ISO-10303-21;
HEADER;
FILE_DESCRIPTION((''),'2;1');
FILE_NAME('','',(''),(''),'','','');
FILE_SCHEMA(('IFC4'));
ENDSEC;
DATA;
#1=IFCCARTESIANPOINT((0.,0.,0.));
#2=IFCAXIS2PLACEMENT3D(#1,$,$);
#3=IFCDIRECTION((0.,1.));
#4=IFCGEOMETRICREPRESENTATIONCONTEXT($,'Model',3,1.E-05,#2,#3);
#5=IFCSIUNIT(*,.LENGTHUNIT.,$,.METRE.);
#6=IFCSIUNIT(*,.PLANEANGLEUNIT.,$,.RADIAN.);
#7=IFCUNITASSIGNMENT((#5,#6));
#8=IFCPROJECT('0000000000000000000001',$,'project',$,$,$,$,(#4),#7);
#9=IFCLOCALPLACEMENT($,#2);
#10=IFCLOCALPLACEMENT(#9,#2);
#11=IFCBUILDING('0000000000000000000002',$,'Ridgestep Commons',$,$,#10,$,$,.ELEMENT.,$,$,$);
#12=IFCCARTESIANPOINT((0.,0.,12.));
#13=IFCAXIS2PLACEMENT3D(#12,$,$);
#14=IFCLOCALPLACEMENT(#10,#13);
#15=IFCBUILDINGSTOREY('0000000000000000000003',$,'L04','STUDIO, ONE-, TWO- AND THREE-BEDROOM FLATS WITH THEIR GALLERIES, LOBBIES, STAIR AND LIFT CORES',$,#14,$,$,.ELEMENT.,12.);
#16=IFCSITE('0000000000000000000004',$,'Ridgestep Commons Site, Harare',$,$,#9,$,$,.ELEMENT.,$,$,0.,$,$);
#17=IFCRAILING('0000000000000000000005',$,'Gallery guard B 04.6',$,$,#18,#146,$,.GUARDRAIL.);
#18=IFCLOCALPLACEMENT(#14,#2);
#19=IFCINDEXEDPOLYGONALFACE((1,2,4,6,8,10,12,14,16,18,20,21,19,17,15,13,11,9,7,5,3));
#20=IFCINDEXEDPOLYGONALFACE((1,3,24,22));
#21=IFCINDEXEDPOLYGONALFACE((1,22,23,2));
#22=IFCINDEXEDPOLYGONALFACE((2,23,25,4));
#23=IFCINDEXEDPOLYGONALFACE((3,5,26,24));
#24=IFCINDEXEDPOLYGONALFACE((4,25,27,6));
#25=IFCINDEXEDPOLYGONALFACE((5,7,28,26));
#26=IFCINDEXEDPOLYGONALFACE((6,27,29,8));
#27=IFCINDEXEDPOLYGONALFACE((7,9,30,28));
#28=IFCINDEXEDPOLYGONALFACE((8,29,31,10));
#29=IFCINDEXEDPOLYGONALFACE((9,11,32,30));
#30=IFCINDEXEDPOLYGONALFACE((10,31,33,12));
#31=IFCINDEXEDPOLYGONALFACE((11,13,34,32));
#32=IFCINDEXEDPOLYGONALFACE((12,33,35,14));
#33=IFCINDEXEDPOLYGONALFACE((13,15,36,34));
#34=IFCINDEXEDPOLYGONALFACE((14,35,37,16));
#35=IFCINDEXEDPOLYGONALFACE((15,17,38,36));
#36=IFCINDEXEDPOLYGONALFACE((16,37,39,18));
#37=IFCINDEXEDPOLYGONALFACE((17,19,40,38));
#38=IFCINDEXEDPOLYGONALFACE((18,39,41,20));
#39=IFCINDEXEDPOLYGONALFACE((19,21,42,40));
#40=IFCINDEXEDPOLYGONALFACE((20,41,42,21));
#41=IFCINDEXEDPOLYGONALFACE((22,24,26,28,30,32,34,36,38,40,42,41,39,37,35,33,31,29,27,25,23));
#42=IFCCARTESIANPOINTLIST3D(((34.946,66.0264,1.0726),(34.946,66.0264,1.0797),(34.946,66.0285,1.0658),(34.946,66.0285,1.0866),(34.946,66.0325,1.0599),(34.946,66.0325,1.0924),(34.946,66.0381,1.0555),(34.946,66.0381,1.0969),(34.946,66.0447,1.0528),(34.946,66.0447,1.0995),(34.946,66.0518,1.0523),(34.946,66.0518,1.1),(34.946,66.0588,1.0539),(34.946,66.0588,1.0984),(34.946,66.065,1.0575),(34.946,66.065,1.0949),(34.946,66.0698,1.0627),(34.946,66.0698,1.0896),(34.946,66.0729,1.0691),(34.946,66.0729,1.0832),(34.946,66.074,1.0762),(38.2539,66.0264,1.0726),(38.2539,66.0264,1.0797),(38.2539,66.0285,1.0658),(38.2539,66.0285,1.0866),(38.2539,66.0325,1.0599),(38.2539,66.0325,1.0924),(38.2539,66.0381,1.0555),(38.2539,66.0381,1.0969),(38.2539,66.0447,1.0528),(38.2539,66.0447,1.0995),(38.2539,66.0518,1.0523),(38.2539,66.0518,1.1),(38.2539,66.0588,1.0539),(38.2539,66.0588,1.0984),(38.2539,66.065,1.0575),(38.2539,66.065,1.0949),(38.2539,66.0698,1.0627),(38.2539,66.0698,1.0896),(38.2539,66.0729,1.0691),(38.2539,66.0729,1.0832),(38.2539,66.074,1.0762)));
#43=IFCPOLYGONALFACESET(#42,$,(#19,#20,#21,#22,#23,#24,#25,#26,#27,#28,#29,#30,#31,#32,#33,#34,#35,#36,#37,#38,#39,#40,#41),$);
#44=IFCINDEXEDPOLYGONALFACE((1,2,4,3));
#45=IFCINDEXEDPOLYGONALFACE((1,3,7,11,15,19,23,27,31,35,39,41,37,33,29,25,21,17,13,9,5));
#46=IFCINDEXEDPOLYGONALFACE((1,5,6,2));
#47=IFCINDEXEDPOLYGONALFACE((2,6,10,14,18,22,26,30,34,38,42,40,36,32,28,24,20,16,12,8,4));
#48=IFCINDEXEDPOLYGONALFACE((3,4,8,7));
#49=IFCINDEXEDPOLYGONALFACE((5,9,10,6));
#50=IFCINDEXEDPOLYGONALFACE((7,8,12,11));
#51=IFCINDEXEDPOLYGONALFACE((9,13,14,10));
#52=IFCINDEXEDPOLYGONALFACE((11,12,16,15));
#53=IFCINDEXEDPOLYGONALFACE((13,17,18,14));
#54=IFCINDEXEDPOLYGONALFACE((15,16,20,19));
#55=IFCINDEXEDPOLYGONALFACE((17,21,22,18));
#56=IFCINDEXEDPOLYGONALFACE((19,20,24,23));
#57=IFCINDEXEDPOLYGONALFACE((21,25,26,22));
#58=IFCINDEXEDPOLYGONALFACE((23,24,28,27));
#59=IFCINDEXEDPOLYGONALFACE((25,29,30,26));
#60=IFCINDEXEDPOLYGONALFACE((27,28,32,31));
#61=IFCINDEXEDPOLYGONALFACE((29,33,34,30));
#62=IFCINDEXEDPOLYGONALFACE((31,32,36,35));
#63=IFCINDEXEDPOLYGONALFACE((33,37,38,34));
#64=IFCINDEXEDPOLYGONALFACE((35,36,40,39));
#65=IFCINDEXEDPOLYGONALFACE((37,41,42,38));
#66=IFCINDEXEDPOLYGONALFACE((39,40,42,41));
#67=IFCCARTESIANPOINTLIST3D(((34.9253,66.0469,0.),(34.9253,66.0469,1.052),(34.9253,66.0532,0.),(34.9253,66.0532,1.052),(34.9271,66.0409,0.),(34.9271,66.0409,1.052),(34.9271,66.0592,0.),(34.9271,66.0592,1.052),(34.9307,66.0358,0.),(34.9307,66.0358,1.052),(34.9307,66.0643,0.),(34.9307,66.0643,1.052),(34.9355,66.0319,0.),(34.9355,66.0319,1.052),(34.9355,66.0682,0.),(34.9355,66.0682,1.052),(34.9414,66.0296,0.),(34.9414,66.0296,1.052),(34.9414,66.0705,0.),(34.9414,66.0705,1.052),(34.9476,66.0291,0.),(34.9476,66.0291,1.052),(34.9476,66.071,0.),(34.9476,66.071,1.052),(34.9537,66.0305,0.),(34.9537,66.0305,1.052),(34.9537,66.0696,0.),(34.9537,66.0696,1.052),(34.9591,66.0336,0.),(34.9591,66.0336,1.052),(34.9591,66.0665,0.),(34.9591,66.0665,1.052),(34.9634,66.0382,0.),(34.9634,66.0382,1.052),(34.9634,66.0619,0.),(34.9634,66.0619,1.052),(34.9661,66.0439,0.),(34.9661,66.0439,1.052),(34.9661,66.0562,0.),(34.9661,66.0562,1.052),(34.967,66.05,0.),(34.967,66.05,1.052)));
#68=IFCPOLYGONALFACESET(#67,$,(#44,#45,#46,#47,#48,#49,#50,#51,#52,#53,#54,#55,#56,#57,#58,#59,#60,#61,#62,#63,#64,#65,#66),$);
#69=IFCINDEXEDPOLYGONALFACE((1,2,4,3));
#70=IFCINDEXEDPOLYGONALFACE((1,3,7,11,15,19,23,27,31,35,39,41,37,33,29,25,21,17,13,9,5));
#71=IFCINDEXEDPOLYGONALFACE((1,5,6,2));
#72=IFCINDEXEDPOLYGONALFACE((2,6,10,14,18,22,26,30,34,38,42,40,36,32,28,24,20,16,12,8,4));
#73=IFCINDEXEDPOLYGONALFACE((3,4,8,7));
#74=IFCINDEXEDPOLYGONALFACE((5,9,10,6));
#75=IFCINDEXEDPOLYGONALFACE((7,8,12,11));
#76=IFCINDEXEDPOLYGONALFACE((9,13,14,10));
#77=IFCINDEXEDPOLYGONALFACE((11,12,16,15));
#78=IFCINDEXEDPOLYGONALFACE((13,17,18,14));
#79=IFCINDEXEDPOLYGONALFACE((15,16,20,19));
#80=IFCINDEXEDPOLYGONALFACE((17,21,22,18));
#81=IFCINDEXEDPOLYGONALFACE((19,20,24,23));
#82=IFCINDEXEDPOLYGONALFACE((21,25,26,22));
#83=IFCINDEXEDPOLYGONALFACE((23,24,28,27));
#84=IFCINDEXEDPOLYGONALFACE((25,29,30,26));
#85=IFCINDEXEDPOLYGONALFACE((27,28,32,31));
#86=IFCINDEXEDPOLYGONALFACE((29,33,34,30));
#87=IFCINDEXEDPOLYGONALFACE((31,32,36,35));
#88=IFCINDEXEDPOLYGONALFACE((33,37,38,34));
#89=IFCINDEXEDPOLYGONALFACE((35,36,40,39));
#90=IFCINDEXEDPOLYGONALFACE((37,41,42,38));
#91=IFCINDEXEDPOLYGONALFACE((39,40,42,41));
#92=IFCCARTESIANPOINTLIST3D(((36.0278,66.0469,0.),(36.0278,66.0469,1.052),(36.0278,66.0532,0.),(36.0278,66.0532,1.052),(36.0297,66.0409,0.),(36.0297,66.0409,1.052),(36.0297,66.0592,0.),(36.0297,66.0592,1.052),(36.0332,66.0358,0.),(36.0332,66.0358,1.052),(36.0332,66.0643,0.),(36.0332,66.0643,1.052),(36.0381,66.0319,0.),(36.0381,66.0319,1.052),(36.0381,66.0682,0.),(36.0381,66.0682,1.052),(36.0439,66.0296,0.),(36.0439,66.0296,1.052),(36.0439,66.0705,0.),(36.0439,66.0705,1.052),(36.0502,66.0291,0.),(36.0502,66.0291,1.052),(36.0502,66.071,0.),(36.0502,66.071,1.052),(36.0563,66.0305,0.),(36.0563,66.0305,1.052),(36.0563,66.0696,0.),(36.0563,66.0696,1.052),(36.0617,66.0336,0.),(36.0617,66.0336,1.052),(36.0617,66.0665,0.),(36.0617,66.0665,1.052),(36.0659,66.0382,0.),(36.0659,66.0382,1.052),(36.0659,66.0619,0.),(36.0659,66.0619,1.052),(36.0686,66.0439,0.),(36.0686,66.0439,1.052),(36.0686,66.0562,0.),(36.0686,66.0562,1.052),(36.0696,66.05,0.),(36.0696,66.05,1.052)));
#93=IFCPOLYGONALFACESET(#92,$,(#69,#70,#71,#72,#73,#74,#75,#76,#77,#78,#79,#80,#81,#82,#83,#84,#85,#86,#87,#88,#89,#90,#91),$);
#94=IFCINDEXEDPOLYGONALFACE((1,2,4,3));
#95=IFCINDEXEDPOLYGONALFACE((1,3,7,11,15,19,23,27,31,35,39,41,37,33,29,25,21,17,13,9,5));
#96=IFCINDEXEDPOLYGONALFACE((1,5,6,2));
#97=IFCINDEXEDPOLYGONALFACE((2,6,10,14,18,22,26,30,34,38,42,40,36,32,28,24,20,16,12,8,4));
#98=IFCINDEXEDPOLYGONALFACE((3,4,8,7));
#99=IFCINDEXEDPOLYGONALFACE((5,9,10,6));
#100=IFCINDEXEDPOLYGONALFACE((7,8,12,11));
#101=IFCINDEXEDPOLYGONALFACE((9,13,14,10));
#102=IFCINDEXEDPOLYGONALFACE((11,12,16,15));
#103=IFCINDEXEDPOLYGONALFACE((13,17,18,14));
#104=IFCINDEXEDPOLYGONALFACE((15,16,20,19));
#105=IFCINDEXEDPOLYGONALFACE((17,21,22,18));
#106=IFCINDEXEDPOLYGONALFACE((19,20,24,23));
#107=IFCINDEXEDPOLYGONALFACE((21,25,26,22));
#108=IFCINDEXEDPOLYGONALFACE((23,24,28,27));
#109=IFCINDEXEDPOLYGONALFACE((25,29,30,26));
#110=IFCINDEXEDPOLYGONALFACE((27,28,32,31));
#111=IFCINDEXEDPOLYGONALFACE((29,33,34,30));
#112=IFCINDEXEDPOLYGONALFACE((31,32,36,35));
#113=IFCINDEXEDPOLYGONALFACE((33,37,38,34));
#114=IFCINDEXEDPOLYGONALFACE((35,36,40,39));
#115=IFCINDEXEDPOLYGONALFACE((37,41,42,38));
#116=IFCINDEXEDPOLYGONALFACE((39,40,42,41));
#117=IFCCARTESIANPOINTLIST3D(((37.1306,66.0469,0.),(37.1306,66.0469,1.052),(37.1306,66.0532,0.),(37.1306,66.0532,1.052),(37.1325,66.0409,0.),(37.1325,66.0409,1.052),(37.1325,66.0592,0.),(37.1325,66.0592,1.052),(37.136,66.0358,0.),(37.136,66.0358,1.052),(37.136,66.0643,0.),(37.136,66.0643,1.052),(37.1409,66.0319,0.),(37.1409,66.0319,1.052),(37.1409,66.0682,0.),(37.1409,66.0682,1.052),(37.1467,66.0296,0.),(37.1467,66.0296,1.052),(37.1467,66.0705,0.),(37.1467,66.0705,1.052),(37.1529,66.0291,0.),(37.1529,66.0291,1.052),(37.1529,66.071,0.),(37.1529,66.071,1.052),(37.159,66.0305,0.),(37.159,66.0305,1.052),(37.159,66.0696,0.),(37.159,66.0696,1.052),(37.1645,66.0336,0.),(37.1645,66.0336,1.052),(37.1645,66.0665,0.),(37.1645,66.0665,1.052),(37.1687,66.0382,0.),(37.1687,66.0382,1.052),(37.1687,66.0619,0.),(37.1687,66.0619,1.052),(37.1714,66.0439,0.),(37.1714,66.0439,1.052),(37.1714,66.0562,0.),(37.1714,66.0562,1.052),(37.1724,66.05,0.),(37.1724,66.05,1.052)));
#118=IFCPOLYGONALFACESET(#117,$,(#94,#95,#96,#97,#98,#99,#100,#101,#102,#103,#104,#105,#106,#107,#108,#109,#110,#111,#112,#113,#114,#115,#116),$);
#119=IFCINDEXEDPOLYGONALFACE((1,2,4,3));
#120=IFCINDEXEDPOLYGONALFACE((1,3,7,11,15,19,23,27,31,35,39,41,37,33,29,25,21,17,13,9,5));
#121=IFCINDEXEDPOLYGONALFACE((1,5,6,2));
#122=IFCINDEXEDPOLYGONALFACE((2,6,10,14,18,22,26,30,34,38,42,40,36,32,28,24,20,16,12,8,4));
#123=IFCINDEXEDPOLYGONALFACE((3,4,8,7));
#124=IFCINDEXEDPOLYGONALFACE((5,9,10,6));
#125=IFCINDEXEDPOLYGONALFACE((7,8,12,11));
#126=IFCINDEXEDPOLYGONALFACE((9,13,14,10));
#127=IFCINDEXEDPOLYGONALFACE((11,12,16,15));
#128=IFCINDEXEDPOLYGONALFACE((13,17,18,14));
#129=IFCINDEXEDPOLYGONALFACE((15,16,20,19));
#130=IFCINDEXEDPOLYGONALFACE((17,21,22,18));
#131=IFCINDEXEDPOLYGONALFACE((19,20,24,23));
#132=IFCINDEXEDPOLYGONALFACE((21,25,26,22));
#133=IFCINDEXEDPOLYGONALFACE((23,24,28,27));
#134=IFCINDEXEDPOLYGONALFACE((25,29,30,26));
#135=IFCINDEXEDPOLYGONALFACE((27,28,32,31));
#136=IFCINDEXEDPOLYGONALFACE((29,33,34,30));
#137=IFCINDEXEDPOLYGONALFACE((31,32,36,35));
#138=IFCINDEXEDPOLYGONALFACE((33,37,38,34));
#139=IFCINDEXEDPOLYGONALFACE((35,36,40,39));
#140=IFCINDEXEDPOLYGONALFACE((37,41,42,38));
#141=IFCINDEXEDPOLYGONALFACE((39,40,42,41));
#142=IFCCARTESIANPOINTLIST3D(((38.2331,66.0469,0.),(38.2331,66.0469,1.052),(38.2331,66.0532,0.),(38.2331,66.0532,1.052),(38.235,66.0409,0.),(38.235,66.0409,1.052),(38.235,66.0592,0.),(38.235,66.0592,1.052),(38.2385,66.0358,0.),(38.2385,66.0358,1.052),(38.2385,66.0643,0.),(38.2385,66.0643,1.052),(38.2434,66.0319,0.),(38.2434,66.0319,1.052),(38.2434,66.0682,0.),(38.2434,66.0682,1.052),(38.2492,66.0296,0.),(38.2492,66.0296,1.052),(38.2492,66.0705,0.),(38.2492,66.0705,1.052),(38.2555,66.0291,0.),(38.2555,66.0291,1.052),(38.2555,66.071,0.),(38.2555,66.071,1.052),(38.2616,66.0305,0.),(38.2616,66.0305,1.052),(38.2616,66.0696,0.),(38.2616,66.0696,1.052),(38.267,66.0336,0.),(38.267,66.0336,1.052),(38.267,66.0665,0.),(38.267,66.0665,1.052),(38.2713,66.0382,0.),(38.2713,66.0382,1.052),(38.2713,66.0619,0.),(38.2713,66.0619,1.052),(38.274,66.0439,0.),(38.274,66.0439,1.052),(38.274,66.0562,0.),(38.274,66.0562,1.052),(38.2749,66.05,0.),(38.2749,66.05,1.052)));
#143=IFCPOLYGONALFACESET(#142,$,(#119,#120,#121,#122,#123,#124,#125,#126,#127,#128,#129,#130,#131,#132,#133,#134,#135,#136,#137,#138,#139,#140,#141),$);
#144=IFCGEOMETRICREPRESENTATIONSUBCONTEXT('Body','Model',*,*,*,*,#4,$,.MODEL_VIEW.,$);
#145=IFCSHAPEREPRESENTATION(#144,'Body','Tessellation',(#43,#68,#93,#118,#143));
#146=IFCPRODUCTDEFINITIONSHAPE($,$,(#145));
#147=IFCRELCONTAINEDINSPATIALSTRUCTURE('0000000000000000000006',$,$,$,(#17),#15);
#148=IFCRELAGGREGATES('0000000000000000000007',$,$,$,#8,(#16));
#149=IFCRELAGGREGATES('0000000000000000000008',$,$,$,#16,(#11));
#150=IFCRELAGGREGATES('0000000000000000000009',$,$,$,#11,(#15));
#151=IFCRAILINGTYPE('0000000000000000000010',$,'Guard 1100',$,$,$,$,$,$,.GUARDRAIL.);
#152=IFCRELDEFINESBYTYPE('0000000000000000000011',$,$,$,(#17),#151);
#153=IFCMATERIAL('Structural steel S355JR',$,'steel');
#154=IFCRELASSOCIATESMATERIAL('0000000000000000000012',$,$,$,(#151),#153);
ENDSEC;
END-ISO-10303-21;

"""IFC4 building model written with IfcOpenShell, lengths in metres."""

from ifc_helpers import new_model, si_unit, direction, frame, origin, origin_2d, place, context, subcontext, project, spatial, circle, extrude, material, type_object, element, save


model = new_model("IFC4")

# Units and contexts
model_context = context("Model", 3, precision=1e-05, world=origin(), true_north=direction((0.0, 1.0)))
body_context = subcontext(model_context, "Body", "Model", "MODEL_VIEW")
ifc_project = project(units=[si_unit("LENGTHUNIT", "METRE"), si_unit("PLANEANGLEUNIT", "RADIAN")], contexts=[model_context])

# Site, building, storey
site_placement = place(None, origin())
site = spatial("IfcSite", under=ifc_project, at=site_placement, Name="Ridgestep Commons Site, Harare", CompositionType="ELEMENT", RefElevation=0.0)
building_placement = place(site_placement, origin())
building = spatial("IfcBuilding", under=site, at=building_placement, Name="Ridgestep Commons", CompositionType="ELEMENT")
storey_placement = place(building_placement, frame((0.0, 0.0, 12.0)))
storey = spatial("IfcBuildingStorey", under=building, at=storey_placement, Name="L04", Description="STUDIO, ONE-, TWO- AND THREE-BEDROOM FLATS WITH THEIR GALLERIES, LOBBIES, STAIR AND LIFT CORES", CompositionType="ELEMENT", Elevation=12.0)

# Railing
ifc_material_1 = material(Name="Structural steel S355JR", Category="steel")
railing_type = type_object("IfcRailingType", Name="Guard 1100", PredefinedType="GUARDRAIL", material=ifc_material_1)
railing_1_placement = place(storey_placement, frame((34.946, 66.05, 0.0)))
element("IfcRailing", 1, at=railing_1_placement, inside=storey, type_object=railing_type, Name="Gallery guard B 04.6", PredefinedType="GUARDRAIL", context=body_context, shape_type="SweptSolid", body=[
    extrude(circle(Radius=0.0239, at=origin_2d()), frame((0.0, 0.0, 1.0762), z_axis=(1.0, 0.0, 0.0), x_axis=(0.0, 1.0, 0.0)), (0.0, 0.0, 1.0), 3.3079),
    extrude(circle(Radius=0.021, at=origin_2d()), origin(), (0.0, 0.0, 1.0), 1.052),
    extrude(circle(Radius=0.021, at=origin_2d()), frame((1.1025, 0.0, 0.0)), (0.0, 0.0, 1.0), 1.052),
    extrude(circle(Radius=0.021, at=origin_2d()), frame((2.2053, 0.0, 0.0)), (0.0, 0.0, 1.0), 1.052),
    extrude(circle(Radius=0.021, at=origin_2d()), frame((3.3079, 0.0, 0.0)), (0.0, 0.0, 1.0), 1.052),
])

save(model, "model.ifc")
